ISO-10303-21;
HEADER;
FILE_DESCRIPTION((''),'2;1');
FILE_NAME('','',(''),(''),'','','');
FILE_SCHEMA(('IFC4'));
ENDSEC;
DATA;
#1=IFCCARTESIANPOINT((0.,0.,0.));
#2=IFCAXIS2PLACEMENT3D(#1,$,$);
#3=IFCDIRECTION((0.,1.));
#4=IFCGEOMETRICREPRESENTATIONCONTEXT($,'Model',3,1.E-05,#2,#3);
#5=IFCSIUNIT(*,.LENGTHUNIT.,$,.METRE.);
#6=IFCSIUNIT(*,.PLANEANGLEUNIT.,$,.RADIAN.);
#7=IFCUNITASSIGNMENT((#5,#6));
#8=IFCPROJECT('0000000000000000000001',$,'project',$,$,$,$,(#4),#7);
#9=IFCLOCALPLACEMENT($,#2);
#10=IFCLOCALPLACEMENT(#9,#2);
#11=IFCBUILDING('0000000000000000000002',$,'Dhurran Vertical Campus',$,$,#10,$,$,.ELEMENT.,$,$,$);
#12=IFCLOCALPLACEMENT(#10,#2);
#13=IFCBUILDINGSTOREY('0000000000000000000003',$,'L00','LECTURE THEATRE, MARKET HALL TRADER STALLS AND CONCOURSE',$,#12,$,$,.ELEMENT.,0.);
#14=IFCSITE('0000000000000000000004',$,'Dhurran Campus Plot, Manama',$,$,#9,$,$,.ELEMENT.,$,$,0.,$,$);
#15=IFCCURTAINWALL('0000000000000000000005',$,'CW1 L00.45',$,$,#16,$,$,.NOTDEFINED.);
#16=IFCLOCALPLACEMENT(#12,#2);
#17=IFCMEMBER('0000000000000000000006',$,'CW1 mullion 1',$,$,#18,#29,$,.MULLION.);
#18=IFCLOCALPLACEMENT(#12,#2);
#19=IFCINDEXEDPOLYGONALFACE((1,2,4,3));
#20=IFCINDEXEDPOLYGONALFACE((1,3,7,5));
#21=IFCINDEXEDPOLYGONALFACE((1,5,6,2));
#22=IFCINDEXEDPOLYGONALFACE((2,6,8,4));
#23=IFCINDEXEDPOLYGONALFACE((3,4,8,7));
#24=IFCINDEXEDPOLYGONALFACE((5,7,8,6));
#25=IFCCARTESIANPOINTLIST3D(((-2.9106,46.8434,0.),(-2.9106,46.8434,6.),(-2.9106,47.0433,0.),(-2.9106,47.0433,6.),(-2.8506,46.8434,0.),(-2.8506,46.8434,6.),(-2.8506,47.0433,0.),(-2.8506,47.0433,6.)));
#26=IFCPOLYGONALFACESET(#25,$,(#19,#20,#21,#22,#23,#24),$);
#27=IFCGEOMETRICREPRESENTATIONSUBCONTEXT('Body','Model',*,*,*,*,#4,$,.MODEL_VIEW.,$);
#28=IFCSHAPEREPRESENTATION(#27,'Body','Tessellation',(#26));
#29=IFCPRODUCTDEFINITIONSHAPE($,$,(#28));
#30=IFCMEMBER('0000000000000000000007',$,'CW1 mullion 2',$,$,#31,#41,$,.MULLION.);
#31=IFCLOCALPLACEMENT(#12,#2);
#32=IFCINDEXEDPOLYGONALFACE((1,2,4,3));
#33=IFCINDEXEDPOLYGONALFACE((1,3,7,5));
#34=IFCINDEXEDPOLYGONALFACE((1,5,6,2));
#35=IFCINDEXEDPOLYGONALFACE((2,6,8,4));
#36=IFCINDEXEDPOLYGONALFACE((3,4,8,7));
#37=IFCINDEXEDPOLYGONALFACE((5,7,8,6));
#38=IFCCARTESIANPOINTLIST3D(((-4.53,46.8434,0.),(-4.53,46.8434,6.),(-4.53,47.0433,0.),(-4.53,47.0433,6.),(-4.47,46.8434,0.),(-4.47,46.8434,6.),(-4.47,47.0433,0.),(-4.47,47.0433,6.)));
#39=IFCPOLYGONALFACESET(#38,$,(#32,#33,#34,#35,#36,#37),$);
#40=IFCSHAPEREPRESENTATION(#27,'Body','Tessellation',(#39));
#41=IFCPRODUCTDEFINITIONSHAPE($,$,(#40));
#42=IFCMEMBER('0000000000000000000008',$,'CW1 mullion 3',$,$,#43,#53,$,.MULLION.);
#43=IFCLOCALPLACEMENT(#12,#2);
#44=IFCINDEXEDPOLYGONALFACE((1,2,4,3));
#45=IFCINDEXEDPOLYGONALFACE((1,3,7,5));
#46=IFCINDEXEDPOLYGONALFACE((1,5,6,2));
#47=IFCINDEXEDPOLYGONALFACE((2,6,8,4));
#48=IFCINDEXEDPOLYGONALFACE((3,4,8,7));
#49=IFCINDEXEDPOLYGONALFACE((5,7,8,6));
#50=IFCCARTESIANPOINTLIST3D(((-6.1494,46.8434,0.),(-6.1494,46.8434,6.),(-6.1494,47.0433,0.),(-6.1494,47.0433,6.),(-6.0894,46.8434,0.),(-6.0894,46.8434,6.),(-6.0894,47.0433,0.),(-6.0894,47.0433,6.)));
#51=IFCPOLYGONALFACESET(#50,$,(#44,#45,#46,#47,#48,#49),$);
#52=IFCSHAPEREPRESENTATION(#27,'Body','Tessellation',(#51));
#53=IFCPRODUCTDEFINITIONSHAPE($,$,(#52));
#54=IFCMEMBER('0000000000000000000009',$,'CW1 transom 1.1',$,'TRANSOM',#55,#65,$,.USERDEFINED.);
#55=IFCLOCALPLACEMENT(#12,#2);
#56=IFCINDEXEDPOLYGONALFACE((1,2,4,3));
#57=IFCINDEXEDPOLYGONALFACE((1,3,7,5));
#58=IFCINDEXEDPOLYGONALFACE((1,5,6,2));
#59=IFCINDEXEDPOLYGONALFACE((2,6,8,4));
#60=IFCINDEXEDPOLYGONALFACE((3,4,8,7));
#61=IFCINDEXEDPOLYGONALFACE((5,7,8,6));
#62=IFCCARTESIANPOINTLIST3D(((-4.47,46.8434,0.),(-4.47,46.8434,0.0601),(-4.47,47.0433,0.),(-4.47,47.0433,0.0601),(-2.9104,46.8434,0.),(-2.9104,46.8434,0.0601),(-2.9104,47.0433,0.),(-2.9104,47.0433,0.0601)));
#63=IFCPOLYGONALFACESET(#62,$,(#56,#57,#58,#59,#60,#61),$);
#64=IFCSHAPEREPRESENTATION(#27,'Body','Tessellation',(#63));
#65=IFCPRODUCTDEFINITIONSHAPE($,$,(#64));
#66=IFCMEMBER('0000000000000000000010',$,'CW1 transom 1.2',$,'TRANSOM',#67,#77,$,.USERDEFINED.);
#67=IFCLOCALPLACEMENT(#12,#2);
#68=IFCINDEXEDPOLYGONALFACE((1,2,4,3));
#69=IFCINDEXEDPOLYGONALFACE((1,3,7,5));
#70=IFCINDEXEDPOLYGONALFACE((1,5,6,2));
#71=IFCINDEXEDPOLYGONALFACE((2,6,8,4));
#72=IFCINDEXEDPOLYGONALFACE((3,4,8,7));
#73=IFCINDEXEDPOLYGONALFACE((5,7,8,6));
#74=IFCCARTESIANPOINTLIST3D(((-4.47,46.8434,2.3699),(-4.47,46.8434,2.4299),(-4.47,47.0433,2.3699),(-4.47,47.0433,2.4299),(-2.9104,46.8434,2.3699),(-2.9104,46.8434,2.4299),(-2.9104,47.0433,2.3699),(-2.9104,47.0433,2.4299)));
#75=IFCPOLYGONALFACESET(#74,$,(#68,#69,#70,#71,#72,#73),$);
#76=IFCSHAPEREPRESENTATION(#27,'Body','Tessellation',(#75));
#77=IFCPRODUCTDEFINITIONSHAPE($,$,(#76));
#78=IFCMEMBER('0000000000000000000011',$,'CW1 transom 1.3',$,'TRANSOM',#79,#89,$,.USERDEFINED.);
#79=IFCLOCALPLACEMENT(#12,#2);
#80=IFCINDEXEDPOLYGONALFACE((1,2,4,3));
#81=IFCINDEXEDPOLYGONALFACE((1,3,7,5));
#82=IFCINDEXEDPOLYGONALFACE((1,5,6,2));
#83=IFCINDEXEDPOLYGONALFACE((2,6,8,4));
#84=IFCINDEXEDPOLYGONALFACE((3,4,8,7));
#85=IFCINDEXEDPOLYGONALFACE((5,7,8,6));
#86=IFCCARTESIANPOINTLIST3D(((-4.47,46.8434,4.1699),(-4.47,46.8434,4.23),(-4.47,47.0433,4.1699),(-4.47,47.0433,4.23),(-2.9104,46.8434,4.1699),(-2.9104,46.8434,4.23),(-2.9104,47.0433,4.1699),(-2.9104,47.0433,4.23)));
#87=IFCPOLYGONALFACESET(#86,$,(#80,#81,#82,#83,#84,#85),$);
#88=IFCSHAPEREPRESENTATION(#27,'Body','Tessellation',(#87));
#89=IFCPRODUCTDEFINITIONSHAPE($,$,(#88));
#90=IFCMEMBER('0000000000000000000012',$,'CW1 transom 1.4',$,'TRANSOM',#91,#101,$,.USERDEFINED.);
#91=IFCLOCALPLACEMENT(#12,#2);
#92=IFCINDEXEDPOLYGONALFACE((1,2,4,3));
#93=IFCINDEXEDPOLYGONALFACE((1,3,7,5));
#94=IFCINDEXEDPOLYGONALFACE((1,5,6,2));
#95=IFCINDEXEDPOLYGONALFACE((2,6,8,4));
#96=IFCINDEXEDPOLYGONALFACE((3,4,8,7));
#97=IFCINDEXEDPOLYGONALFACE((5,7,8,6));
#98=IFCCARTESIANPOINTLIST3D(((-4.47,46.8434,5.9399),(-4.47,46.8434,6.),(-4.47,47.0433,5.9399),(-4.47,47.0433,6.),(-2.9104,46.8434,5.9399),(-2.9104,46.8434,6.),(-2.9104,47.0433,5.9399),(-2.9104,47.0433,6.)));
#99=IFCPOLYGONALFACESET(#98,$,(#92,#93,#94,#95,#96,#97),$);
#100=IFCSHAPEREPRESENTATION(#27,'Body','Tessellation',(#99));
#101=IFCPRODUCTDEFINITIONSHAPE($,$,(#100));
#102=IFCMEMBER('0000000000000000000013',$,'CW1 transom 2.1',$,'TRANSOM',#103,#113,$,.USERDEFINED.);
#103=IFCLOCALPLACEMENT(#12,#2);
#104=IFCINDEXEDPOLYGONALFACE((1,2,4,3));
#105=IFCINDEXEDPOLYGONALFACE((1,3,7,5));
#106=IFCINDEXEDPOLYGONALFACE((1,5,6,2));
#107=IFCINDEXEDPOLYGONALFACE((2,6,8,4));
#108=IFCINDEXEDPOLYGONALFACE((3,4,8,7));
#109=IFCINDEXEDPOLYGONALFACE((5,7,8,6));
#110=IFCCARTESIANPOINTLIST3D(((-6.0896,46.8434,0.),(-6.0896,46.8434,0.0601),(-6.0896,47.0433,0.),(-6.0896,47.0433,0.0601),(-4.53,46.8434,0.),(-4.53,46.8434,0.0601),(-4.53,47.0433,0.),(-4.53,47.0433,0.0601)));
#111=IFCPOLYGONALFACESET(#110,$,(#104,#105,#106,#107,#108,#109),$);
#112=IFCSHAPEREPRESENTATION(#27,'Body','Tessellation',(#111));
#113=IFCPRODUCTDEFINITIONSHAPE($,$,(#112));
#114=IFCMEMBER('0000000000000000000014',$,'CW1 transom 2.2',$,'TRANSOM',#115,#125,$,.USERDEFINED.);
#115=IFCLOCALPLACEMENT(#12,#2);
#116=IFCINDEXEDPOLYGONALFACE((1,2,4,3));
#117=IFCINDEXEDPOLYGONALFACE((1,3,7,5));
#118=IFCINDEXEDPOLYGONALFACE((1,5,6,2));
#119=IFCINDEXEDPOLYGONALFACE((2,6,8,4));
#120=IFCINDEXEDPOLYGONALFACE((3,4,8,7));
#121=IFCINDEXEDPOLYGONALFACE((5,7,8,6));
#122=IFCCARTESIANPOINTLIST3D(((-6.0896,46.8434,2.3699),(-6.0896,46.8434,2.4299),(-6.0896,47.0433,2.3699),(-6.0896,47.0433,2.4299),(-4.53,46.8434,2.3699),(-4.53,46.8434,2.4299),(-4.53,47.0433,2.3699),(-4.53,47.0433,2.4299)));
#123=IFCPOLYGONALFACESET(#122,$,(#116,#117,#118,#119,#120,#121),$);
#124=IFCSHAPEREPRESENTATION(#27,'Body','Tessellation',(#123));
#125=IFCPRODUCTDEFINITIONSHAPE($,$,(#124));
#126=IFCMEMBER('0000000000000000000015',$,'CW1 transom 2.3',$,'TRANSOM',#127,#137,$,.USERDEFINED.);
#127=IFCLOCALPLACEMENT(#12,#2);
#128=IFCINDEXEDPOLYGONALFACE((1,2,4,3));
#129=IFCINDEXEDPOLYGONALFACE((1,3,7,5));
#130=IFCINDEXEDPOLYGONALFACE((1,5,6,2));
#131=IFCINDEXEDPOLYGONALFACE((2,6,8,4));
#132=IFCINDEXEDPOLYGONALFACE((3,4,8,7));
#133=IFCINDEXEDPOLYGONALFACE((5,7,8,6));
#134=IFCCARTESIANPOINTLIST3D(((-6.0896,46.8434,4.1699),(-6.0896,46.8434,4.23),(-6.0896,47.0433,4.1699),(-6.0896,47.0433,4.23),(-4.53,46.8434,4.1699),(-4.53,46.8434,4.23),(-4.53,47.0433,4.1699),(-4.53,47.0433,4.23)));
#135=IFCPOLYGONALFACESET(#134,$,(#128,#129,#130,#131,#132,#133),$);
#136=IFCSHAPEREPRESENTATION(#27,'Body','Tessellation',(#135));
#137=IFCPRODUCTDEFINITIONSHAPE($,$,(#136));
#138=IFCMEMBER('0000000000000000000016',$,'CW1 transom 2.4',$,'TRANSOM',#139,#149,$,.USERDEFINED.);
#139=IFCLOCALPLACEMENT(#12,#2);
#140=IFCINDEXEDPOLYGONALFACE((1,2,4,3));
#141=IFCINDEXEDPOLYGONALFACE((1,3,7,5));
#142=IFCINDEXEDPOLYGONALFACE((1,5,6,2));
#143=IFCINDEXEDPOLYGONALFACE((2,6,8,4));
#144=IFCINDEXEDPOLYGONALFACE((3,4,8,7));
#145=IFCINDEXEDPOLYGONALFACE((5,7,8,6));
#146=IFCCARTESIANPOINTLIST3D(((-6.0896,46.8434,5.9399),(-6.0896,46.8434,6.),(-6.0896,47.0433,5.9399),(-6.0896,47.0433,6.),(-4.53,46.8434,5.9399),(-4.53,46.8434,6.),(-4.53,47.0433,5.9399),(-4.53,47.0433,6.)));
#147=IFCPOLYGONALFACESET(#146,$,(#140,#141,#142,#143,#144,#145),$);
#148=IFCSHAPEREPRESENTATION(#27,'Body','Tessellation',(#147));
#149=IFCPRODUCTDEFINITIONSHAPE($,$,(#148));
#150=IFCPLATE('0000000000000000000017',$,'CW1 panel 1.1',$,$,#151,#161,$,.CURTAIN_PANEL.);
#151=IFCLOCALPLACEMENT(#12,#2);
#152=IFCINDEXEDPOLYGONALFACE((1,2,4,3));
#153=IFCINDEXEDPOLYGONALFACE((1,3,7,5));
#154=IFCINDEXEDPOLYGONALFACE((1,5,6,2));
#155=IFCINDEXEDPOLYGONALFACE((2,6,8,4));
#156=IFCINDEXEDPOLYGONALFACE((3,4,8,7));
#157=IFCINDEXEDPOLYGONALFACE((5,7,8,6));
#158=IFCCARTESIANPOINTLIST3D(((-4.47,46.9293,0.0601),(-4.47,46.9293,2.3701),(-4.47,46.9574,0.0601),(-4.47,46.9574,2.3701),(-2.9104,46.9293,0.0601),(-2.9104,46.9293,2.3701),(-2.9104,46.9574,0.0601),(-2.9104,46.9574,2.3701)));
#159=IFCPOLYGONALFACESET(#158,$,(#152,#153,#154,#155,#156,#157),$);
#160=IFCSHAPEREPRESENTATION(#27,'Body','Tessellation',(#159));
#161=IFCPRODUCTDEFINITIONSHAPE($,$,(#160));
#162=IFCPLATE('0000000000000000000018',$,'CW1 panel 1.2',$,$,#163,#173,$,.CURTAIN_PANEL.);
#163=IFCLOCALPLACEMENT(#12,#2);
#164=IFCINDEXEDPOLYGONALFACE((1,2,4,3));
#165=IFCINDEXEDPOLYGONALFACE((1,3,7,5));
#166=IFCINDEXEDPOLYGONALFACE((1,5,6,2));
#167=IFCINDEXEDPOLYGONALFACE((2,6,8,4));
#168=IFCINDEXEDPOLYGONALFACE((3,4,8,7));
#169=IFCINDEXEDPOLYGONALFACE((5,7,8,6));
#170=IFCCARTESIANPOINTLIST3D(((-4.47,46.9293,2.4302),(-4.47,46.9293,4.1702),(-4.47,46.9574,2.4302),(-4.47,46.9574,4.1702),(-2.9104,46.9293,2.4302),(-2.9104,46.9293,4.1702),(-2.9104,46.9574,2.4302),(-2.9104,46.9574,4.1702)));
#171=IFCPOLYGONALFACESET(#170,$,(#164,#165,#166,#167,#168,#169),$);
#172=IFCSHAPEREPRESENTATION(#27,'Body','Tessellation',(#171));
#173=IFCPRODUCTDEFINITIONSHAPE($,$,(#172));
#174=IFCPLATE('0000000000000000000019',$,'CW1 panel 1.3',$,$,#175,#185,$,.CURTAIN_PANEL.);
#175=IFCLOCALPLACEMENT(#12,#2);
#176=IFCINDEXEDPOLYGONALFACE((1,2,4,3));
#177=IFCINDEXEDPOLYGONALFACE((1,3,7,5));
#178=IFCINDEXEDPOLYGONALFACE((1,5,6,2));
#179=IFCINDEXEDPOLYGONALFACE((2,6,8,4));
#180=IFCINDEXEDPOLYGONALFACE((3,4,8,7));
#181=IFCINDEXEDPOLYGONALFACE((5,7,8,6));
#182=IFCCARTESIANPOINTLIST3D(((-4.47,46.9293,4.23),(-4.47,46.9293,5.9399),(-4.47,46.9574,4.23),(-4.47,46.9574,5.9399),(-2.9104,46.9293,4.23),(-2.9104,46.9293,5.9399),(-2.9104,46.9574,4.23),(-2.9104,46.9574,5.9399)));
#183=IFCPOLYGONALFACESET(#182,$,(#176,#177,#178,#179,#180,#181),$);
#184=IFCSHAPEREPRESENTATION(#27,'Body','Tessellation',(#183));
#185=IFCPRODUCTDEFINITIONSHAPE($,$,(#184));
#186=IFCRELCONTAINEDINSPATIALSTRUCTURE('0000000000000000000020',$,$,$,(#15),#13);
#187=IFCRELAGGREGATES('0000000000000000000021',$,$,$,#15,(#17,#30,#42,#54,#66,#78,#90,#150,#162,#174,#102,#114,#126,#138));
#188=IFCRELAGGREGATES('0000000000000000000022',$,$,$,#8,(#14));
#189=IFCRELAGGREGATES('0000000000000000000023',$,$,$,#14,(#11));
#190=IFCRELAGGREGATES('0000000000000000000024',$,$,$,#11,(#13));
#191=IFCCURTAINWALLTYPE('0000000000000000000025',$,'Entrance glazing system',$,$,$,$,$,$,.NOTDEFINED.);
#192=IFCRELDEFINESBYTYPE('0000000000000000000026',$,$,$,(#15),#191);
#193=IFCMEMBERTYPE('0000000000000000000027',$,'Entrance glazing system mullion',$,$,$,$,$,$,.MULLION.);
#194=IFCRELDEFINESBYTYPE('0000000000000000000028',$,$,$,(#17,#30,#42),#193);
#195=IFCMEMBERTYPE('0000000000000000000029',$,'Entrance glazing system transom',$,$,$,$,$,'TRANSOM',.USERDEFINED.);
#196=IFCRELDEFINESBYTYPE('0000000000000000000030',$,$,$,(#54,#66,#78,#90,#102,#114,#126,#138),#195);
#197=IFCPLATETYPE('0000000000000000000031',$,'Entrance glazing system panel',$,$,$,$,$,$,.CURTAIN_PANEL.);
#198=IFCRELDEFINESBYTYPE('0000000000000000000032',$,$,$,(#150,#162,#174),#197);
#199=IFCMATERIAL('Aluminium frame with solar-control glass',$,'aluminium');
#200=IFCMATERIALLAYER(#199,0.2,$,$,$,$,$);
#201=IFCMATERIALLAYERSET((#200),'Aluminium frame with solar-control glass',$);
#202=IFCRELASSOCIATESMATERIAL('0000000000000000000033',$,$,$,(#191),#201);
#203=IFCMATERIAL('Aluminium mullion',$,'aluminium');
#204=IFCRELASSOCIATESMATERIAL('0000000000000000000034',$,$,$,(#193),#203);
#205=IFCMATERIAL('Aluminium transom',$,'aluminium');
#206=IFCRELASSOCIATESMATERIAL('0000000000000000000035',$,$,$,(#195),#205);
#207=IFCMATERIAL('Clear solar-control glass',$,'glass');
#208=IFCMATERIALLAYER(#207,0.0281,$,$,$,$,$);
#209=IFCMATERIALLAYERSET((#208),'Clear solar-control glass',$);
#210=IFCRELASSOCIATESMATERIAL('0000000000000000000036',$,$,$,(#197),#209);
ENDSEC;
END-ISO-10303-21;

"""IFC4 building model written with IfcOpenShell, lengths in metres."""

from ifc_helpers import new_model, si_unit, direction, frame, origin, origin_2d, place, context, subcontext, project, spatial, rectangle, extrude, material, layer, layer_set, material_profile, profile_set, type_object, element, aggregate, save


model = new_model("IFC4")

# Units and contexts
model_context = context("Model", 3, precision=1e-05, world=origin(), true_north=direction((0.0, 1.0)))
body_context = subcontext(model_context, "Body", "Model", "MODEL_VIEW")
ifc_project = project(units=[si_unit("LENGTHUNIT", "METRE"), si_unit("PLANEANGLEUNIT", "RADIAN")], contexts=[model_context])

# Site, building, storey
site_placement = place(None, origin())
site = spatial("IfcSite", under=ifc_project, at=site_placement, Name="Dhurran Campus Plot, Manama", CompositionType="ELEMENT", RefElevation=0.0)
building_placement = place(site_placement, origin())
building = spatial("IfcBuilding", under=site, at=building_placement, Name="Dhurran Vertical Campus", CompositionType="ELEMENT")
storey_placement = place(building_placement, origin())
storey = spatial("IfcBuildingStorey", under=building, at=storey_placement, Name="L00", Description="LECTURE THEATRE, MARKET HALL TRADER STALLS AND CONCOURSE", CompositionType="ELEMENT", Elevation=0.0)

# Curtain wall, members, plates
ifc_material_1 = material(Name="Aluminium frame with solar-control glass", Category="aluminium")
ifc_layer_1 = layer(ifc_material_1, 0.2)
ifc_layer_set_1 = layer_set([ifc_layer_1], Name="Aluminium frame with solar-control glass")
curtain_wall_type = type_object("IfcCurtainWallType", Name="Entrance glazing system", PredefinedType="NOTDEFINED", material=ifc_layer_set_1)
curtain_wall_placement = place(storey_placement, origin())
curtain_wall = element("IfcCurtainWall", 1, at=curtain_wall_placement, inside=storey, type_object=curtain_wall_type, Name="CW1 L00.45", PredefinedType="NOTDEFINED")
ifc_material_2 = material(Name="Aluminium mullion", Category="aluminium")
ifc_material_profile_1 = material_profile(ifc_material_2, rectangle(XDim=0.2, YDim=0.0601, at=origin_2d()), Name="Entrance glazing system mullion")
ifc_profile_set_1 = profile_set([ifc_material_profile_1], Name="Aluminium mullion")
member_type_1 = type_object("IfcMemberType", Name="Entrance glazing system mullion", PredefinedType="MULLION", material=ifc_profile_set_1)
member_1_placement = place(storey_placement, frame((-2.8806, 46.9434, 0.0), z_axis=(0.0, 0.0, 1.0), x_axis=(0.0, -1.0, 0.0)))
member_1 = element("IfcMember", 2, at=member_1_placement, type_object=member_type_1, Name="CW1 mullion 1", PredefinedType="MULLION", context=body_context, shape_type="SweptSolid", body=[
    extrude(rectangle(XDim=0.2, YDim=0.0601, at=origin_2d()), origin(), (0.0, 0.0, 1.0), 6.0),
])
member_2_placement = place(storey_placement, frame((-4.5, 46.9434, 0.0), z_axis=(0.0, 0.0, 1.0), x_axis=(0.0, -1.0, 0.0)))
member_2 = element("IfcMember", 3, at=member_2_placement, type_object=member_type_1, Name="CW1 mullion 2", PredefinedType="MULLION", context=body_context, shape_type="SweptSolid", body=[
    extrude(rectangle(XDim=0.2, YDim=0.0601, at=origin_2d()), origin(), (0.0, 0.0, 1.0), 6.0),
])
member_3_placement = place(storey_placement, frame((-6.1194, 46.9434, 0.0), z_axis=(0.0, 0.0, 1.0), x_axis=(0.0, -1.0, 0.0)))
member_3 = element("IfcMember", 4, at=member_3_placement, type_object=member_type_1, Name="CW1 mullion 3", PredefinedType="MULLION", context=body_context, shape_type="SweptSolid", body=[
    extrude(rectangle(XDim=0.2, YDim=0.0601, at=origin_2d()), origin(), (0.0, 0.0, 1.0), 6.0),
])
ifc_material_3 = material(Name="Aluminium transom", Category="aluminium")
ifc_material_profile_2 = material_profile(ifc_material_3, rectangle(XDim=0.2, YDim=0.0601, at=origin_2d()), Name="Entrance glazing system transom")
ifc_profile_set_2 = profile_set([ifc_material_profile_2], Name="Aluminium transom")
member_type_2 = type_object("IfcMemberType", Name="Entrance glazing system transom", ElementType="TRANSOM", PredefinedType="USERDEFINED", material=ifc_profile_set_2)
member_4_placement = place(storey_placement, frame((-2.9104, 46.9434, 0.03), z_axis=(-1.0, 0.0, 0.0), x_axis=(0.0, -1.0, 0.0)))
member_4 = element("IfcMember", 5, at=member_4_placement, type_object=member_type_2, Name="CW1 transom 1.1", ObjectType="TRANSOM", PredefinedType="USERDEFINED", context=body_context, shape_type="SweptSolid", body=[
    extrude(rectangle(XDim=0.2, YDim=0.0601, at=origin_2d()), origin(), (0.0, 0.0, 1.0), 1.5596),
])
member_5_placement = place(storey_placement, frame((-2.9104, 46.9434, 2.3999), z_axis=(-1.0, 0.0, 0.0), x_axis=(0.0, -1.0, 0.0)))
member_5 = element("IfcMember", 6, at=member_5_placement, type_object=member_type_2, Name="CW1 transom 1.2", ObjectType="TRANSOM", PredefinedType="USERDEFINED", context=body_context, shape_type="SweptSolid", body=[
    extrude(rectangle(XDim=0.2, YDim=0.0601, at=origin_2d()), origin(), (0.0, 0.0, 1.0), 1.5596),
])
member_6_placement = place(storey_placement, frame((-2.9104, 46.9434, 4.2), z_axis=(-1.0, 0.0, 0.0), x_axis=(0.0, -1.0, 0.0)))
member_6 = element("IfcMember", 7, at=member_6_placement, type_object=member_type_2, Name="CW1 transom 1.3", ObjectType="TRANSOM", PredefinedType="USERDEFINED", context=body_context, shape_type="SweptSolid", body=[
    extrude(rectangle(XDim=0.2, YDim=0.0601, at=origin_2d()), origin(), (0.0, 0.0, 1.0), 1.5596),
])
member_7_placement = place(storey_placement, frame((-2.9104, 46.9434, 5.97), z_axis=(-1.0, 0.0, 0.0), x_axis=(0.0, -1.0, 0.0)))
member_7 = element("IfcMember", 8, at=member_7_placement, type_object=member_type_2, Name="CW1 transom 1.4", ObjectType="TRANSOM", PredefinedType="USERDEFINED", context=body_context, shape_type="SweptSolid", body=[
    extrude(rectangle(XDim=0.2, YDim=0.0601, at=origin_2d()), origin(), (0.0, 0.0, 1.0), 1.5596),
])
member_8_placement = place(storey_placement, frame((-4.53, 46.9434, 0.03), z_axis=(-1.0, 0.0, 0.0), x_axis=(0.0, -1.0, 0.0)))
member_8 = element("IfcMember", 9, at=member_8_placement, type_object=member_type_2, Name="CW1 transom 2.1", ObjectType="TRANSOM", PredefinedType="USERDEFINED", context=body_context, shape_type="SweptSolid", body=[
    extrude(rectangle(XDim=0.2, YDim=0.0601, at=origin_2d()), origin(), (0.0, 0.0, 1.0), 1.5596),
])
member_9_placement = place(storey_placement, frame((-4.53, 46.9434, 2.3999), z_axis=(-1.0, 0.0, 0.0), x_axis=(0.0, -1.0, 0.0)))
member_9 = element("IfcMember", 10, at=member_9_placement, type_object=member_type_2, Name="CW1 transom 2.2", ObjectType="TRANSOM", PredefinedType="USERDEFINED", context=body_context, shape_type="SweptSolid", body=[
    extrude(rectangle(XDim=0.2, YDim=0.0601, at=origin_2d()), origin(), (0.0, 0.0, 1.0), 1.5596),
])
member_10_placement = place(storey_placement, frame((-4.53, 46.9434, 4.2), z_axis=(-1.0, 0.0, 0.0), x_axis=(0.0, -1.0, 0.0)))
member_10 = element("IfcMember", 11, at=member_10_placement, type_object=member_type_2, Name="CW1 transom 2.3", ObjectType="TRANSOM", PredefinedType="USERDEFINED", context=body_context, shape_type="SweptSolid", body=[
    extrude(rectangle(XDim=0.2, YDim=0.0601, at=origin_2d()), origin(), (0.0, 0.0, 1.0), 1.5596),
])
member_11_placement = place(storey_placement, frame((-4.53, 46.9434, 5.97), z_axis=(-1.0, 0.0, 0.0), x_axis=(0.0, -1.0, 0.0)))
member_11 = element("IfcMember", 12, at=member_11_placement, type_object=member_type_2, Name="CW1 transom 2.4", ObjectType="TRANSOM", PredefinedType="USERDEFINED", context=body_context, shape_type="SweptSolid", body=[
    extrude(rectangle(XDim=0.2, YDim=0.0601, at=origin_2d()), origin(), (0.0, 0.0, 1.0), 1.5596),
])
ifc_material_4 = material(Name="Clear solar-control glass", Category="glass")
ifc_layer_2 = layer(ifc_material_4, 0.0281)
ifc_layer_set_2 = layer_set([ifc_layer_2], Name="Clear solar-control glass")
plate_type = type_object("IfcPlateType", Name="Entrance glazing system panel", PredefinedType="CURTAIN_PANEL", material=ifc_layer_set_2)
plate_1_placement = place(storey_placement, frame((-3.6902, 46.9434, 0.0601), z_axis=(0.0, 0.0, 1.0), x_axis=(-1.0, 0.0, 0.0)))
plate_1 = element("IfcPlate", 13, at=plate_1_placement, type_object=plate_type, Name="CW1 panel 1.1", PredefinedType="CURTAIN_PANEL", context=body_context, shape_type="SweptSolid", body=[
    extrude(rectangle(XDim=1.5596, YDim=0.0281, at=origin_2d()), origin(), (0.0, 0.0, 1.0), 2.3101),
])
plate_2_placement = place(storey_placement, frame((-3.6902, 46.9434, 2.4302), z_axis=(0.0, 0.0, 1.0), x_axis=(-1.0, 0.0, 0.0)))
plate_2 = element("IfcPlate", 14, at=plate_2_placement, type_object=plate_type, Name="CW1 panel 1.2", PredefinedType="CURTAIN_PANEL", context=body_context, shape_type="SweptSolid", body=[
    extrude(rectangle(XDim=1.5596, YDim=0.0281, at=origin_2d()), origin(), (0.0, 0.0, 1.0), 1.74),
])
plate_3_placement = place(storey_placement, frame((-3.6902, 46.9434, 4.23), z_axis=(0.0, 0.0, 1.0), x_axis=(-1.0, 0.0, 0.0)))
plate_3 = element("IfcPlate", 15, at=plate_3_placement, type_object=plate_type, Name="CW1 panel 1.3", PredefinedType="CURTAIN_PANEL", context=body_context, shape_type="SweptSolid", body=[
    extrude(rectangle(XDim=1.5596, YDim=0.0281, at=origin_2d()), origin(), (0.0, 0.0, 1.0), 1.71),
])
aggregate(curtain_wall, [member_1, member_2, member_3, member_4, member_5, member_6, member_7, plate_1, plate_2, plate_3, member_8, member_9, member_10, member_11])

save(model, "model.ifc")
